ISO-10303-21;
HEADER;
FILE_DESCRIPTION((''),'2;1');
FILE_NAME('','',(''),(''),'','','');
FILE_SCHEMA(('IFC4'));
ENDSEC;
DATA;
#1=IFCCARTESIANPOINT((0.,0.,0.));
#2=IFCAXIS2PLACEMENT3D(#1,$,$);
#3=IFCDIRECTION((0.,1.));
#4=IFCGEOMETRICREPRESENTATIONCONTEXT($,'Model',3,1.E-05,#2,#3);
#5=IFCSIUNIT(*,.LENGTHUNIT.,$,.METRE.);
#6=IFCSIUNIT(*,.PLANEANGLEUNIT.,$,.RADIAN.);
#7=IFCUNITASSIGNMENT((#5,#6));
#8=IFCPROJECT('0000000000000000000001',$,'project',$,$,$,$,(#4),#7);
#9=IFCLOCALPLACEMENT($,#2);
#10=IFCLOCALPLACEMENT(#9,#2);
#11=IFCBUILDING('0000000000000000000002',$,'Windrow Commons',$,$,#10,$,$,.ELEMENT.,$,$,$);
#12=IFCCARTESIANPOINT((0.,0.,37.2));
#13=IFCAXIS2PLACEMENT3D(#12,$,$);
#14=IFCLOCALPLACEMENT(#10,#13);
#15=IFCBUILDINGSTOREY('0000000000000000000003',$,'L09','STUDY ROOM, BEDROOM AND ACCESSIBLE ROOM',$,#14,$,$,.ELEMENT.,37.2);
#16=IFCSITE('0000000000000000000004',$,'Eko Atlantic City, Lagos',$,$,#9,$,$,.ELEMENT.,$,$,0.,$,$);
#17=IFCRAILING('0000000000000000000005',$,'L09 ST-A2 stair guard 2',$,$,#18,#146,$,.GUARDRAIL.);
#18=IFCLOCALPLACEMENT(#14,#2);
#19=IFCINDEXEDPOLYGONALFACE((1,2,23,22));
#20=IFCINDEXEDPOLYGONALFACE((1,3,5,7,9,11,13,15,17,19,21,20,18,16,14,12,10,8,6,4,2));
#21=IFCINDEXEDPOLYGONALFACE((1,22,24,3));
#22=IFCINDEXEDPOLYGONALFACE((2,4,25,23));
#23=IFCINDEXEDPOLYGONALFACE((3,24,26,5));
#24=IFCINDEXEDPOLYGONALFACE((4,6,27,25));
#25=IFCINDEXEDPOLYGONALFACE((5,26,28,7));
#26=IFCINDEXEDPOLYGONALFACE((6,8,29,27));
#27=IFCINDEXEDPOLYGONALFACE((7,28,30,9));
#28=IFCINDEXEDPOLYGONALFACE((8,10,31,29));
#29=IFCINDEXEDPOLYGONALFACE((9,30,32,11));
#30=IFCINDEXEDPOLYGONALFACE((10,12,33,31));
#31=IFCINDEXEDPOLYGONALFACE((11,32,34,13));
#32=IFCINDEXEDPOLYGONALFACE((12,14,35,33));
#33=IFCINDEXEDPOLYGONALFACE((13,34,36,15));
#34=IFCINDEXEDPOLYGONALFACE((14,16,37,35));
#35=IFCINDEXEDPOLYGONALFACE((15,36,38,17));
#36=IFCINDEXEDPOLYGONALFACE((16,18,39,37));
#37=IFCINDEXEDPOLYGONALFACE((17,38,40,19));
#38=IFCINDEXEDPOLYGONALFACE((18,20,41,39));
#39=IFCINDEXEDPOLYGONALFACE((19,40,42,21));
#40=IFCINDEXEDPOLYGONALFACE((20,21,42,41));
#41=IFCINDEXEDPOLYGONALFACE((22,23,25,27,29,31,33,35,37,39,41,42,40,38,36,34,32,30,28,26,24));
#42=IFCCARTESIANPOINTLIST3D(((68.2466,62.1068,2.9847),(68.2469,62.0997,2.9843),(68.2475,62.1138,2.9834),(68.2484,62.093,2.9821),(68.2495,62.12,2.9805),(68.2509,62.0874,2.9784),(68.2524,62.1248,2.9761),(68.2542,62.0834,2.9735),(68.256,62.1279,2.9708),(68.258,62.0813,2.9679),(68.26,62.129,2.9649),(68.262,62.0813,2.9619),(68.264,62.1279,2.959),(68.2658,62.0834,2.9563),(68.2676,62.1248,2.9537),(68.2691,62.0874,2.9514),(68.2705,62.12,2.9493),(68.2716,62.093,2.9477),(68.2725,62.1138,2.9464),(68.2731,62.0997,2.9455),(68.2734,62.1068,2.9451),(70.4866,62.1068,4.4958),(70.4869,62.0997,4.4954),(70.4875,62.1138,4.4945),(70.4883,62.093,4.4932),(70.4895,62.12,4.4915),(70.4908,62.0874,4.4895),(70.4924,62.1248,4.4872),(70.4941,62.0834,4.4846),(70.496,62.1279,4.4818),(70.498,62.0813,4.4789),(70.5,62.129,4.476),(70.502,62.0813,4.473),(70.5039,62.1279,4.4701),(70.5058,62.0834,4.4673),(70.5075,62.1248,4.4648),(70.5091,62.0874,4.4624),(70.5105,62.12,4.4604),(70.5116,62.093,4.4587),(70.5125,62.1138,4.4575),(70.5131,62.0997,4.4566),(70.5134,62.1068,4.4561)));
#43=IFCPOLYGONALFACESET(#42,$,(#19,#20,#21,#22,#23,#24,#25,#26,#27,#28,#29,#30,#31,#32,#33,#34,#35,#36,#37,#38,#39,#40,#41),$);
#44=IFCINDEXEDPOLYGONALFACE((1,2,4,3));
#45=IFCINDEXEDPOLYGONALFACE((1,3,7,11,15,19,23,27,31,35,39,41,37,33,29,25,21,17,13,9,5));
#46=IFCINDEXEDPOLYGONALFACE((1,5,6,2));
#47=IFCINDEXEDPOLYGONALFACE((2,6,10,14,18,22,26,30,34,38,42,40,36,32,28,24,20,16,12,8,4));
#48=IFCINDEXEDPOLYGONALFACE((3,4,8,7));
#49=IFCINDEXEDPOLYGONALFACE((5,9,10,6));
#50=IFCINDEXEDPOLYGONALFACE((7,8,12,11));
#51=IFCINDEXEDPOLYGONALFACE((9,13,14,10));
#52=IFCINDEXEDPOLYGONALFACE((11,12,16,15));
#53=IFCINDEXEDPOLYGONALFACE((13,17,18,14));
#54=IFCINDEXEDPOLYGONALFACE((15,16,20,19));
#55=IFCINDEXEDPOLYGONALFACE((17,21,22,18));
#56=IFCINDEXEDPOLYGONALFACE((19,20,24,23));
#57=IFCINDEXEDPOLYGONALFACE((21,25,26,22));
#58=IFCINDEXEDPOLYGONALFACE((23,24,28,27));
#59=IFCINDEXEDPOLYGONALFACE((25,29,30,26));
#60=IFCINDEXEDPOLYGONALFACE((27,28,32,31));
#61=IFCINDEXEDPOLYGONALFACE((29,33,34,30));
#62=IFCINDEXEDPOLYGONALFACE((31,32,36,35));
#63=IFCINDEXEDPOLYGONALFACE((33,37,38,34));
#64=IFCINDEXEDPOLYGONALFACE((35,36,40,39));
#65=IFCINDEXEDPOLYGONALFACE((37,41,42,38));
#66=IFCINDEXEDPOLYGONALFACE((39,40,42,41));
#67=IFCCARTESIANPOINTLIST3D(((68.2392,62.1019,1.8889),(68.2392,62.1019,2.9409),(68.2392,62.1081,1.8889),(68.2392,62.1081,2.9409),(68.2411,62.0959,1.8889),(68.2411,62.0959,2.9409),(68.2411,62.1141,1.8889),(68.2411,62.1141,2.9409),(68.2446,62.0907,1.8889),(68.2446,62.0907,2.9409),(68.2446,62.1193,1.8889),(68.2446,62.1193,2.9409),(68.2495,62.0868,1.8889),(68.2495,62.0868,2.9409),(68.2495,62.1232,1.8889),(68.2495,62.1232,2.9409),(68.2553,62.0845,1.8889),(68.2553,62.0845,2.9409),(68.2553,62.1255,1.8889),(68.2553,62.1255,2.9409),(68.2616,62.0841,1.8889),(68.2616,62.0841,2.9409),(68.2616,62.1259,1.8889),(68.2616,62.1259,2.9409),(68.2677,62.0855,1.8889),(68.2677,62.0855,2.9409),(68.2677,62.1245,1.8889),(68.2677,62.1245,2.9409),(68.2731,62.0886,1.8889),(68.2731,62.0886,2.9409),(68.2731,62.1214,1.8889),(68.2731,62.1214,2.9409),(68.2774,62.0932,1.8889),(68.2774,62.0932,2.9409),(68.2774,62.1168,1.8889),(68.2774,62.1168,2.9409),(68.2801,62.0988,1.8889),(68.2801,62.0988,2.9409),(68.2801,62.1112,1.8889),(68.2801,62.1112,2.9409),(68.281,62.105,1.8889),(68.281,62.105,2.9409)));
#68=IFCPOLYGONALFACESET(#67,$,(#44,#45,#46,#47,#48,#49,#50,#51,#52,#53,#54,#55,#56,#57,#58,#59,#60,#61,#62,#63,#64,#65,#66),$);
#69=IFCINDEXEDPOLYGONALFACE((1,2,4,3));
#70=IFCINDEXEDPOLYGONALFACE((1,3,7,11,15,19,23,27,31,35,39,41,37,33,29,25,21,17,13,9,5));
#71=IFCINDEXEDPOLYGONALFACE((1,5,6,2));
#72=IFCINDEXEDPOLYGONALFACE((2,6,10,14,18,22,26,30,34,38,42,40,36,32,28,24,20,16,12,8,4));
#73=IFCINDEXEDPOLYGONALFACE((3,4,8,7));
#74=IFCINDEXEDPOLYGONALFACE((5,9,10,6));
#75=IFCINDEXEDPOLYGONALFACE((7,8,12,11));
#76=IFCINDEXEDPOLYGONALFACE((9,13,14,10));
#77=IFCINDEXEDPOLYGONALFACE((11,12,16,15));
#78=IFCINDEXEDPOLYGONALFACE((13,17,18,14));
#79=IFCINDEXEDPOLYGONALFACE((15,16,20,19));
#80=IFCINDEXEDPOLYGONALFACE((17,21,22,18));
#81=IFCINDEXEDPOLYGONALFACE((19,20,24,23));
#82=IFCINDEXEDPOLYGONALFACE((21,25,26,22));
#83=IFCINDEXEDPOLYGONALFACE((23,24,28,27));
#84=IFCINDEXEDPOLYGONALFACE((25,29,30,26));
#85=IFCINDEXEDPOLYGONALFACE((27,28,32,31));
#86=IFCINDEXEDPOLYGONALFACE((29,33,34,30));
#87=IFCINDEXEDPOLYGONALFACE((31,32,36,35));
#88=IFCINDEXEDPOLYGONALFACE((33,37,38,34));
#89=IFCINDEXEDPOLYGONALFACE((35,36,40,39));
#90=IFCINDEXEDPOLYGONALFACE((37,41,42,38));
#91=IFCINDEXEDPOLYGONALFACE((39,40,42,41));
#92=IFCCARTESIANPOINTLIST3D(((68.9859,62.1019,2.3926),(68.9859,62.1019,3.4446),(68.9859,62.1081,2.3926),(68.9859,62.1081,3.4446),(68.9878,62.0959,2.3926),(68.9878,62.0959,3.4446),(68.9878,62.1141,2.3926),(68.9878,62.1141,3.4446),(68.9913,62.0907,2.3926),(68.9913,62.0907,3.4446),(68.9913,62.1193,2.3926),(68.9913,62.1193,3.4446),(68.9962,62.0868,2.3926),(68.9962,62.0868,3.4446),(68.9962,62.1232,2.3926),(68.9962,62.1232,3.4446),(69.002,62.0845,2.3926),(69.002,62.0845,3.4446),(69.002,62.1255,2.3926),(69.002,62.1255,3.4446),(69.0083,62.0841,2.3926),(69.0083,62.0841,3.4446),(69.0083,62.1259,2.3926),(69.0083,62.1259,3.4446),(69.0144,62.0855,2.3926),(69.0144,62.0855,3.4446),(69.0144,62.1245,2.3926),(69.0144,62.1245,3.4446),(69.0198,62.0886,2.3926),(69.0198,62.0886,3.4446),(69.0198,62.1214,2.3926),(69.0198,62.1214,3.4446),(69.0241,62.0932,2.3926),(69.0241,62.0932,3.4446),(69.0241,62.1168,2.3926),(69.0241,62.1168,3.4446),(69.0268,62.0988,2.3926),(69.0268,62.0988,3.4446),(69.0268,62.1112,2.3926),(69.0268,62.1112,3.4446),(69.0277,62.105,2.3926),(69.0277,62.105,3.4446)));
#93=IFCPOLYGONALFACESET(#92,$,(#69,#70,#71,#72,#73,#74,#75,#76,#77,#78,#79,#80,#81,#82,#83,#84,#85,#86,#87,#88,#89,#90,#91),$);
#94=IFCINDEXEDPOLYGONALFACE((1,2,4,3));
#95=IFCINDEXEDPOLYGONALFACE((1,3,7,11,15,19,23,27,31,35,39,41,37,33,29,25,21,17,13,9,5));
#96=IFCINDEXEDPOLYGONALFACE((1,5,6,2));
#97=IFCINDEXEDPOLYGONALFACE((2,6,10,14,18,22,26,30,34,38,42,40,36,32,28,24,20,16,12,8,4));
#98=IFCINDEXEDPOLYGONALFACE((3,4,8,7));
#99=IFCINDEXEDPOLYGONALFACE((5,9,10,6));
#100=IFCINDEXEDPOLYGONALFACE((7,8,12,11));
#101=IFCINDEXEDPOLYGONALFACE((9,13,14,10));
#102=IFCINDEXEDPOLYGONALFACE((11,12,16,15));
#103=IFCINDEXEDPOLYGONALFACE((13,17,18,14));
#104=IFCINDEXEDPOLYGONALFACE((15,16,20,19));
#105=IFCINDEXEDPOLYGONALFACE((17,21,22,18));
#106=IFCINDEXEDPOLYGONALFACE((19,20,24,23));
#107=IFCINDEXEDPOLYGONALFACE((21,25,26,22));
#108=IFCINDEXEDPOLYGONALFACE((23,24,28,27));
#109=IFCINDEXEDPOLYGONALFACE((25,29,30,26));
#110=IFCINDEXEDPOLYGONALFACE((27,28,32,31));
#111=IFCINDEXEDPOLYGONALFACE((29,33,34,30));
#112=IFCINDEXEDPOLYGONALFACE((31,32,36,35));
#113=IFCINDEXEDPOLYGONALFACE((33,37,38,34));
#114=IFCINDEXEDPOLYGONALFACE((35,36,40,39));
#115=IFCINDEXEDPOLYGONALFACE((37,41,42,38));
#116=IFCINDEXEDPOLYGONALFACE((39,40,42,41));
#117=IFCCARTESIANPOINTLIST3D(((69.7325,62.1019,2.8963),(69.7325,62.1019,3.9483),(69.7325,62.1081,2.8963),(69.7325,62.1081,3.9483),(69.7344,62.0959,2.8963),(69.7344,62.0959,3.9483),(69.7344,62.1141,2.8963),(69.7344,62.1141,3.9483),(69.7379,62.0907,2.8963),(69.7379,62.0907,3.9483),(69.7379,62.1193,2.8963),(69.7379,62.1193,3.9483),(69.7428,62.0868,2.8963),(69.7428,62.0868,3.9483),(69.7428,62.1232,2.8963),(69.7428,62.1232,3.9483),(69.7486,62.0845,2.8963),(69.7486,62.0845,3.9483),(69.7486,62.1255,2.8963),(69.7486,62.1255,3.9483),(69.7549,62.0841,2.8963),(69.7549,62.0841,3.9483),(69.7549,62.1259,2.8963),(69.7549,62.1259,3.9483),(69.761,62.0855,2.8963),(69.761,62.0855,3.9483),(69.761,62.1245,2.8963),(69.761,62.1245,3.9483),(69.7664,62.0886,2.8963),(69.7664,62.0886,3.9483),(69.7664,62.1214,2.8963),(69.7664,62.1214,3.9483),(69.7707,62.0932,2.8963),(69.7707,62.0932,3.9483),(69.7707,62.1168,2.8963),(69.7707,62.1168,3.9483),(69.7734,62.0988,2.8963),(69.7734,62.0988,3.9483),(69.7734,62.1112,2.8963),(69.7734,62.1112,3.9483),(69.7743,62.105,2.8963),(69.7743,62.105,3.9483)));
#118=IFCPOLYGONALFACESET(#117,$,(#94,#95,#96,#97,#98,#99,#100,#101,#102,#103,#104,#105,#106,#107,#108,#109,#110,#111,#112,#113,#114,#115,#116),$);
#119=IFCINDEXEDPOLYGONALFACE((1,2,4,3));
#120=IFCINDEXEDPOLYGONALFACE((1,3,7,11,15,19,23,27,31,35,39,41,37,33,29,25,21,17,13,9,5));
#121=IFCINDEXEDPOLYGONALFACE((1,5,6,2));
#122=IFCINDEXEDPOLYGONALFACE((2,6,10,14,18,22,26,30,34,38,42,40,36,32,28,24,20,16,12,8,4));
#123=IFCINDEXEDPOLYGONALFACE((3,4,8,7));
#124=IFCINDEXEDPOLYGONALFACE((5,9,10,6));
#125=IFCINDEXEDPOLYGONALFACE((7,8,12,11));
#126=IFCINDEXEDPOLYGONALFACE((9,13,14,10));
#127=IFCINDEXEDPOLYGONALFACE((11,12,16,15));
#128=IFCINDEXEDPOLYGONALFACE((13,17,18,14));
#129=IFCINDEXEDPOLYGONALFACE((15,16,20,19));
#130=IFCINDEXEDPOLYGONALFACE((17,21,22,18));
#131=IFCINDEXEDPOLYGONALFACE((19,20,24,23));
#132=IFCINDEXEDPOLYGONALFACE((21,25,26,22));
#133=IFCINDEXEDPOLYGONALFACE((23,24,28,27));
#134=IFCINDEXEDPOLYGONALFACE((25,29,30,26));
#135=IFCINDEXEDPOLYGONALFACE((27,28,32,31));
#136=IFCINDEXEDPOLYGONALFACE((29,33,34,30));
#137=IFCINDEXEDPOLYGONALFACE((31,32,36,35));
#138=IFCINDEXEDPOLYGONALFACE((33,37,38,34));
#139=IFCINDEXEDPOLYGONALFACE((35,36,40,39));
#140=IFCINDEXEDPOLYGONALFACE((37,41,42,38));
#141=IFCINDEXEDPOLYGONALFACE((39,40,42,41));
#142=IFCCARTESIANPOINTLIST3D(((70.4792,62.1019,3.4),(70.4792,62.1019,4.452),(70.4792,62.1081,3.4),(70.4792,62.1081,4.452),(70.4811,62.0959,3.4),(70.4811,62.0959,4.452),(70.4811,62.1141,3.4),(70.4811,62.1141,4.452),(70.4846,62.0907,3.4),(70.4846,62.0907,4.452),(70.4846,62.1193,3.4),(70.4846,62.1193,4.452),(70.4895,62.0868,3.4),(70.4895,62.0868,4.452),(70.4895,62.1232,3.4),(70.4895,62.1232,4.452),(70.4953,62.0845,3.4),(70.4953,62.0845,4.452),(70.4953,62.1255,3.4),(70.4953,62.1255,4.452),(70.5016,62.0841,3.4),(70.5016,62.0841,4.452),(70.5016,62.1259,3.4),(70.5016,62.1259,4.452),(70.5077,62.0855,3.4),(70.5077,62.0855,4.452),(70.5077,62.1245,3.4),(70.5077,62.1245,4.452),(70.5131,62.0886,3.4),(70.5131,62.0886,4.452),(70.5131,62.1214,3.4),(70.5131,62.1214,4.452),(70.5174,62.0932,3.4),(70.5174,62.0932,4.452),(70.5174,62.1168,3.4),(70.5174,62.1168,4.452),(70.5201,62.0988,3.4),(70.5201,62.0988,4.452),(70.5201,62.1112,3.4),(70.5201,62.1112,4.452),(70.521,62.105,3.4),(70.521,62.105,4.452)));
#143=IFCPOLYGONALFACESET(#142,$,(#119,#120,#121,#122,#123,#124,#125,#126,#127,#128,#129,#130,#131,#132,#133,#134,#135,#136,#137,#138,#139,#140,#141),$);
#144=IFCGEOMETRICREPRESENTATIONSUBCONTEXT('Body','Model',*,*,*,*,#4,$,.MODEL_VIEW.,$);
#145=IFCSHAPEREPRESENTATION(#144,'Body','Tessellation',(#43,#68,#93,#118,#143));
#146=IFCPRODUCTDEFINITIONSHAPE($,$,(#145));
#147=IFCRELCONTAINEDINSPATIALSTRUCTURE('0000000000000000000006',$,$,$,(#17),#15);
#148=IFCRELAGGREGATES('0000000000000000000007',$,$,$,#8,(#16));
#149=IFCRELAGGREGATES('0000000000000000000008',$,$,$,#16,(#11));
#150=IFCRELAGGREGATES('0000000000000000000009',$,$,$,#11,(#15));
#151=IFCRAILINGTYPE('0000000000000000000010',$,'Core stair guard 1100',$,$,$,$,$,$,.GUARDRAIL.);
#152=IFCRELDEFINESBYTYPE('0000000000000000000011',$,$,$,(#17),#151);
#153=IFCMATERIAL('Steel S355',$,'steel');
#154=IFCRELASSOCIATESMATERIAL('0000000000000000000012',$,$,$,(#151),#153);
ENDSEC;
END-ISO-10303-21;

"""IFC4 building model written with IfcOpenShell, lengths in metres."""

from ifc_helpers import new_model, si_unit, direction, frame, origin, origin_2d, place, context, subcontext, project, spatial, circle, extrude, material, type_object, element, save


model = new_model("IFC4")

# Units and contexts
model_context = context("Model", 3, precision=1e-05, world=origin(), true_north=direction((0.0, 1.0)))
body_context = subcontext(model_context, "Body", "Model", "MODEL_VIEW")
ifc_project = project(units=[si_unit("LENGTHUNIT", "METRE"), si_unit("PLANEANGLEUNIT", "RADIAN")], contexts=[model_context])

# Site, building, storey
site_placement = place(None, origin())
site = spatial("IfcSite", under=ifc_project, at=site_placement, Name="Eko Atlantic City, Lagos", CompositionType="ELEMENT", RefElevation=0.0)
building_placement = place(site_placement, origin())
building = spatial("IfcBuilding", under=site, at=building_placement, Name="Windrow Commons", CompositionType="ELEMENT")
storey_placement = place(building_placement, frame((0.0, 0.0, 37.2)))
storey = spatial("IfcBuildingStorey", under=building, at=storey_placement, Name="L09", Description="STUDY ROOM, BEDROOM AND ACCESSIBLE ROOM", CompositionType="ELEMENT", Elevation=37.2)

# Railing
ifc_material_1 = material(Name="Steel S355", Category="steel")
railing_type_1 = type_object("IfcRailingType", Name="Core stair guard 1100", PredefinedType="GUARDRAIL", material=ifc_material_1)
railing_1_placement = place(storey_placement, frame((68.26, 62.105, 1.8889)))
element("IfcRailing", 1, at=railing_1_placement, inside=storey, type_object=railing_type_1, Name="L09 ST-A2 stair guard 2", PredefinedType="GUARDRAIL", context=body_context, shape_type="SweptSolid", body=[
    extrude(circle(Radius=0.024, at=origin_2d()), frame((0.0, 0.0, 1.076), z_axis=(0.829003, 0.0, 0.559244), x_axis=(0.0, 1.0, 0.0)), (0.0, 0.0, 1.0), 2.702),
    extrude(circle(Radius=0.021, at=origin_2d()), origin(), (0.0, 0.0, 1.0), 1.052),
    extrude(circle(Radius=0.021, at=origin_2d()), frame((0.7467, 0.0, 0.5037)), (0.0, 0.0, 1.0), 1.052),
    extrude(circle(Radius=0.021, at=origin_2d()), frame((1.4933, 0.0, 1.0074)), (0.0, 0.0, 1.0), 1.052),
    extrude(circle(Radius=0.021, at=origin_2d()), frame((2.24, 0.0, 1.5111)), (0.0, 0.0, 1.0), 1.052),
])

save(model, "model.ifc")
